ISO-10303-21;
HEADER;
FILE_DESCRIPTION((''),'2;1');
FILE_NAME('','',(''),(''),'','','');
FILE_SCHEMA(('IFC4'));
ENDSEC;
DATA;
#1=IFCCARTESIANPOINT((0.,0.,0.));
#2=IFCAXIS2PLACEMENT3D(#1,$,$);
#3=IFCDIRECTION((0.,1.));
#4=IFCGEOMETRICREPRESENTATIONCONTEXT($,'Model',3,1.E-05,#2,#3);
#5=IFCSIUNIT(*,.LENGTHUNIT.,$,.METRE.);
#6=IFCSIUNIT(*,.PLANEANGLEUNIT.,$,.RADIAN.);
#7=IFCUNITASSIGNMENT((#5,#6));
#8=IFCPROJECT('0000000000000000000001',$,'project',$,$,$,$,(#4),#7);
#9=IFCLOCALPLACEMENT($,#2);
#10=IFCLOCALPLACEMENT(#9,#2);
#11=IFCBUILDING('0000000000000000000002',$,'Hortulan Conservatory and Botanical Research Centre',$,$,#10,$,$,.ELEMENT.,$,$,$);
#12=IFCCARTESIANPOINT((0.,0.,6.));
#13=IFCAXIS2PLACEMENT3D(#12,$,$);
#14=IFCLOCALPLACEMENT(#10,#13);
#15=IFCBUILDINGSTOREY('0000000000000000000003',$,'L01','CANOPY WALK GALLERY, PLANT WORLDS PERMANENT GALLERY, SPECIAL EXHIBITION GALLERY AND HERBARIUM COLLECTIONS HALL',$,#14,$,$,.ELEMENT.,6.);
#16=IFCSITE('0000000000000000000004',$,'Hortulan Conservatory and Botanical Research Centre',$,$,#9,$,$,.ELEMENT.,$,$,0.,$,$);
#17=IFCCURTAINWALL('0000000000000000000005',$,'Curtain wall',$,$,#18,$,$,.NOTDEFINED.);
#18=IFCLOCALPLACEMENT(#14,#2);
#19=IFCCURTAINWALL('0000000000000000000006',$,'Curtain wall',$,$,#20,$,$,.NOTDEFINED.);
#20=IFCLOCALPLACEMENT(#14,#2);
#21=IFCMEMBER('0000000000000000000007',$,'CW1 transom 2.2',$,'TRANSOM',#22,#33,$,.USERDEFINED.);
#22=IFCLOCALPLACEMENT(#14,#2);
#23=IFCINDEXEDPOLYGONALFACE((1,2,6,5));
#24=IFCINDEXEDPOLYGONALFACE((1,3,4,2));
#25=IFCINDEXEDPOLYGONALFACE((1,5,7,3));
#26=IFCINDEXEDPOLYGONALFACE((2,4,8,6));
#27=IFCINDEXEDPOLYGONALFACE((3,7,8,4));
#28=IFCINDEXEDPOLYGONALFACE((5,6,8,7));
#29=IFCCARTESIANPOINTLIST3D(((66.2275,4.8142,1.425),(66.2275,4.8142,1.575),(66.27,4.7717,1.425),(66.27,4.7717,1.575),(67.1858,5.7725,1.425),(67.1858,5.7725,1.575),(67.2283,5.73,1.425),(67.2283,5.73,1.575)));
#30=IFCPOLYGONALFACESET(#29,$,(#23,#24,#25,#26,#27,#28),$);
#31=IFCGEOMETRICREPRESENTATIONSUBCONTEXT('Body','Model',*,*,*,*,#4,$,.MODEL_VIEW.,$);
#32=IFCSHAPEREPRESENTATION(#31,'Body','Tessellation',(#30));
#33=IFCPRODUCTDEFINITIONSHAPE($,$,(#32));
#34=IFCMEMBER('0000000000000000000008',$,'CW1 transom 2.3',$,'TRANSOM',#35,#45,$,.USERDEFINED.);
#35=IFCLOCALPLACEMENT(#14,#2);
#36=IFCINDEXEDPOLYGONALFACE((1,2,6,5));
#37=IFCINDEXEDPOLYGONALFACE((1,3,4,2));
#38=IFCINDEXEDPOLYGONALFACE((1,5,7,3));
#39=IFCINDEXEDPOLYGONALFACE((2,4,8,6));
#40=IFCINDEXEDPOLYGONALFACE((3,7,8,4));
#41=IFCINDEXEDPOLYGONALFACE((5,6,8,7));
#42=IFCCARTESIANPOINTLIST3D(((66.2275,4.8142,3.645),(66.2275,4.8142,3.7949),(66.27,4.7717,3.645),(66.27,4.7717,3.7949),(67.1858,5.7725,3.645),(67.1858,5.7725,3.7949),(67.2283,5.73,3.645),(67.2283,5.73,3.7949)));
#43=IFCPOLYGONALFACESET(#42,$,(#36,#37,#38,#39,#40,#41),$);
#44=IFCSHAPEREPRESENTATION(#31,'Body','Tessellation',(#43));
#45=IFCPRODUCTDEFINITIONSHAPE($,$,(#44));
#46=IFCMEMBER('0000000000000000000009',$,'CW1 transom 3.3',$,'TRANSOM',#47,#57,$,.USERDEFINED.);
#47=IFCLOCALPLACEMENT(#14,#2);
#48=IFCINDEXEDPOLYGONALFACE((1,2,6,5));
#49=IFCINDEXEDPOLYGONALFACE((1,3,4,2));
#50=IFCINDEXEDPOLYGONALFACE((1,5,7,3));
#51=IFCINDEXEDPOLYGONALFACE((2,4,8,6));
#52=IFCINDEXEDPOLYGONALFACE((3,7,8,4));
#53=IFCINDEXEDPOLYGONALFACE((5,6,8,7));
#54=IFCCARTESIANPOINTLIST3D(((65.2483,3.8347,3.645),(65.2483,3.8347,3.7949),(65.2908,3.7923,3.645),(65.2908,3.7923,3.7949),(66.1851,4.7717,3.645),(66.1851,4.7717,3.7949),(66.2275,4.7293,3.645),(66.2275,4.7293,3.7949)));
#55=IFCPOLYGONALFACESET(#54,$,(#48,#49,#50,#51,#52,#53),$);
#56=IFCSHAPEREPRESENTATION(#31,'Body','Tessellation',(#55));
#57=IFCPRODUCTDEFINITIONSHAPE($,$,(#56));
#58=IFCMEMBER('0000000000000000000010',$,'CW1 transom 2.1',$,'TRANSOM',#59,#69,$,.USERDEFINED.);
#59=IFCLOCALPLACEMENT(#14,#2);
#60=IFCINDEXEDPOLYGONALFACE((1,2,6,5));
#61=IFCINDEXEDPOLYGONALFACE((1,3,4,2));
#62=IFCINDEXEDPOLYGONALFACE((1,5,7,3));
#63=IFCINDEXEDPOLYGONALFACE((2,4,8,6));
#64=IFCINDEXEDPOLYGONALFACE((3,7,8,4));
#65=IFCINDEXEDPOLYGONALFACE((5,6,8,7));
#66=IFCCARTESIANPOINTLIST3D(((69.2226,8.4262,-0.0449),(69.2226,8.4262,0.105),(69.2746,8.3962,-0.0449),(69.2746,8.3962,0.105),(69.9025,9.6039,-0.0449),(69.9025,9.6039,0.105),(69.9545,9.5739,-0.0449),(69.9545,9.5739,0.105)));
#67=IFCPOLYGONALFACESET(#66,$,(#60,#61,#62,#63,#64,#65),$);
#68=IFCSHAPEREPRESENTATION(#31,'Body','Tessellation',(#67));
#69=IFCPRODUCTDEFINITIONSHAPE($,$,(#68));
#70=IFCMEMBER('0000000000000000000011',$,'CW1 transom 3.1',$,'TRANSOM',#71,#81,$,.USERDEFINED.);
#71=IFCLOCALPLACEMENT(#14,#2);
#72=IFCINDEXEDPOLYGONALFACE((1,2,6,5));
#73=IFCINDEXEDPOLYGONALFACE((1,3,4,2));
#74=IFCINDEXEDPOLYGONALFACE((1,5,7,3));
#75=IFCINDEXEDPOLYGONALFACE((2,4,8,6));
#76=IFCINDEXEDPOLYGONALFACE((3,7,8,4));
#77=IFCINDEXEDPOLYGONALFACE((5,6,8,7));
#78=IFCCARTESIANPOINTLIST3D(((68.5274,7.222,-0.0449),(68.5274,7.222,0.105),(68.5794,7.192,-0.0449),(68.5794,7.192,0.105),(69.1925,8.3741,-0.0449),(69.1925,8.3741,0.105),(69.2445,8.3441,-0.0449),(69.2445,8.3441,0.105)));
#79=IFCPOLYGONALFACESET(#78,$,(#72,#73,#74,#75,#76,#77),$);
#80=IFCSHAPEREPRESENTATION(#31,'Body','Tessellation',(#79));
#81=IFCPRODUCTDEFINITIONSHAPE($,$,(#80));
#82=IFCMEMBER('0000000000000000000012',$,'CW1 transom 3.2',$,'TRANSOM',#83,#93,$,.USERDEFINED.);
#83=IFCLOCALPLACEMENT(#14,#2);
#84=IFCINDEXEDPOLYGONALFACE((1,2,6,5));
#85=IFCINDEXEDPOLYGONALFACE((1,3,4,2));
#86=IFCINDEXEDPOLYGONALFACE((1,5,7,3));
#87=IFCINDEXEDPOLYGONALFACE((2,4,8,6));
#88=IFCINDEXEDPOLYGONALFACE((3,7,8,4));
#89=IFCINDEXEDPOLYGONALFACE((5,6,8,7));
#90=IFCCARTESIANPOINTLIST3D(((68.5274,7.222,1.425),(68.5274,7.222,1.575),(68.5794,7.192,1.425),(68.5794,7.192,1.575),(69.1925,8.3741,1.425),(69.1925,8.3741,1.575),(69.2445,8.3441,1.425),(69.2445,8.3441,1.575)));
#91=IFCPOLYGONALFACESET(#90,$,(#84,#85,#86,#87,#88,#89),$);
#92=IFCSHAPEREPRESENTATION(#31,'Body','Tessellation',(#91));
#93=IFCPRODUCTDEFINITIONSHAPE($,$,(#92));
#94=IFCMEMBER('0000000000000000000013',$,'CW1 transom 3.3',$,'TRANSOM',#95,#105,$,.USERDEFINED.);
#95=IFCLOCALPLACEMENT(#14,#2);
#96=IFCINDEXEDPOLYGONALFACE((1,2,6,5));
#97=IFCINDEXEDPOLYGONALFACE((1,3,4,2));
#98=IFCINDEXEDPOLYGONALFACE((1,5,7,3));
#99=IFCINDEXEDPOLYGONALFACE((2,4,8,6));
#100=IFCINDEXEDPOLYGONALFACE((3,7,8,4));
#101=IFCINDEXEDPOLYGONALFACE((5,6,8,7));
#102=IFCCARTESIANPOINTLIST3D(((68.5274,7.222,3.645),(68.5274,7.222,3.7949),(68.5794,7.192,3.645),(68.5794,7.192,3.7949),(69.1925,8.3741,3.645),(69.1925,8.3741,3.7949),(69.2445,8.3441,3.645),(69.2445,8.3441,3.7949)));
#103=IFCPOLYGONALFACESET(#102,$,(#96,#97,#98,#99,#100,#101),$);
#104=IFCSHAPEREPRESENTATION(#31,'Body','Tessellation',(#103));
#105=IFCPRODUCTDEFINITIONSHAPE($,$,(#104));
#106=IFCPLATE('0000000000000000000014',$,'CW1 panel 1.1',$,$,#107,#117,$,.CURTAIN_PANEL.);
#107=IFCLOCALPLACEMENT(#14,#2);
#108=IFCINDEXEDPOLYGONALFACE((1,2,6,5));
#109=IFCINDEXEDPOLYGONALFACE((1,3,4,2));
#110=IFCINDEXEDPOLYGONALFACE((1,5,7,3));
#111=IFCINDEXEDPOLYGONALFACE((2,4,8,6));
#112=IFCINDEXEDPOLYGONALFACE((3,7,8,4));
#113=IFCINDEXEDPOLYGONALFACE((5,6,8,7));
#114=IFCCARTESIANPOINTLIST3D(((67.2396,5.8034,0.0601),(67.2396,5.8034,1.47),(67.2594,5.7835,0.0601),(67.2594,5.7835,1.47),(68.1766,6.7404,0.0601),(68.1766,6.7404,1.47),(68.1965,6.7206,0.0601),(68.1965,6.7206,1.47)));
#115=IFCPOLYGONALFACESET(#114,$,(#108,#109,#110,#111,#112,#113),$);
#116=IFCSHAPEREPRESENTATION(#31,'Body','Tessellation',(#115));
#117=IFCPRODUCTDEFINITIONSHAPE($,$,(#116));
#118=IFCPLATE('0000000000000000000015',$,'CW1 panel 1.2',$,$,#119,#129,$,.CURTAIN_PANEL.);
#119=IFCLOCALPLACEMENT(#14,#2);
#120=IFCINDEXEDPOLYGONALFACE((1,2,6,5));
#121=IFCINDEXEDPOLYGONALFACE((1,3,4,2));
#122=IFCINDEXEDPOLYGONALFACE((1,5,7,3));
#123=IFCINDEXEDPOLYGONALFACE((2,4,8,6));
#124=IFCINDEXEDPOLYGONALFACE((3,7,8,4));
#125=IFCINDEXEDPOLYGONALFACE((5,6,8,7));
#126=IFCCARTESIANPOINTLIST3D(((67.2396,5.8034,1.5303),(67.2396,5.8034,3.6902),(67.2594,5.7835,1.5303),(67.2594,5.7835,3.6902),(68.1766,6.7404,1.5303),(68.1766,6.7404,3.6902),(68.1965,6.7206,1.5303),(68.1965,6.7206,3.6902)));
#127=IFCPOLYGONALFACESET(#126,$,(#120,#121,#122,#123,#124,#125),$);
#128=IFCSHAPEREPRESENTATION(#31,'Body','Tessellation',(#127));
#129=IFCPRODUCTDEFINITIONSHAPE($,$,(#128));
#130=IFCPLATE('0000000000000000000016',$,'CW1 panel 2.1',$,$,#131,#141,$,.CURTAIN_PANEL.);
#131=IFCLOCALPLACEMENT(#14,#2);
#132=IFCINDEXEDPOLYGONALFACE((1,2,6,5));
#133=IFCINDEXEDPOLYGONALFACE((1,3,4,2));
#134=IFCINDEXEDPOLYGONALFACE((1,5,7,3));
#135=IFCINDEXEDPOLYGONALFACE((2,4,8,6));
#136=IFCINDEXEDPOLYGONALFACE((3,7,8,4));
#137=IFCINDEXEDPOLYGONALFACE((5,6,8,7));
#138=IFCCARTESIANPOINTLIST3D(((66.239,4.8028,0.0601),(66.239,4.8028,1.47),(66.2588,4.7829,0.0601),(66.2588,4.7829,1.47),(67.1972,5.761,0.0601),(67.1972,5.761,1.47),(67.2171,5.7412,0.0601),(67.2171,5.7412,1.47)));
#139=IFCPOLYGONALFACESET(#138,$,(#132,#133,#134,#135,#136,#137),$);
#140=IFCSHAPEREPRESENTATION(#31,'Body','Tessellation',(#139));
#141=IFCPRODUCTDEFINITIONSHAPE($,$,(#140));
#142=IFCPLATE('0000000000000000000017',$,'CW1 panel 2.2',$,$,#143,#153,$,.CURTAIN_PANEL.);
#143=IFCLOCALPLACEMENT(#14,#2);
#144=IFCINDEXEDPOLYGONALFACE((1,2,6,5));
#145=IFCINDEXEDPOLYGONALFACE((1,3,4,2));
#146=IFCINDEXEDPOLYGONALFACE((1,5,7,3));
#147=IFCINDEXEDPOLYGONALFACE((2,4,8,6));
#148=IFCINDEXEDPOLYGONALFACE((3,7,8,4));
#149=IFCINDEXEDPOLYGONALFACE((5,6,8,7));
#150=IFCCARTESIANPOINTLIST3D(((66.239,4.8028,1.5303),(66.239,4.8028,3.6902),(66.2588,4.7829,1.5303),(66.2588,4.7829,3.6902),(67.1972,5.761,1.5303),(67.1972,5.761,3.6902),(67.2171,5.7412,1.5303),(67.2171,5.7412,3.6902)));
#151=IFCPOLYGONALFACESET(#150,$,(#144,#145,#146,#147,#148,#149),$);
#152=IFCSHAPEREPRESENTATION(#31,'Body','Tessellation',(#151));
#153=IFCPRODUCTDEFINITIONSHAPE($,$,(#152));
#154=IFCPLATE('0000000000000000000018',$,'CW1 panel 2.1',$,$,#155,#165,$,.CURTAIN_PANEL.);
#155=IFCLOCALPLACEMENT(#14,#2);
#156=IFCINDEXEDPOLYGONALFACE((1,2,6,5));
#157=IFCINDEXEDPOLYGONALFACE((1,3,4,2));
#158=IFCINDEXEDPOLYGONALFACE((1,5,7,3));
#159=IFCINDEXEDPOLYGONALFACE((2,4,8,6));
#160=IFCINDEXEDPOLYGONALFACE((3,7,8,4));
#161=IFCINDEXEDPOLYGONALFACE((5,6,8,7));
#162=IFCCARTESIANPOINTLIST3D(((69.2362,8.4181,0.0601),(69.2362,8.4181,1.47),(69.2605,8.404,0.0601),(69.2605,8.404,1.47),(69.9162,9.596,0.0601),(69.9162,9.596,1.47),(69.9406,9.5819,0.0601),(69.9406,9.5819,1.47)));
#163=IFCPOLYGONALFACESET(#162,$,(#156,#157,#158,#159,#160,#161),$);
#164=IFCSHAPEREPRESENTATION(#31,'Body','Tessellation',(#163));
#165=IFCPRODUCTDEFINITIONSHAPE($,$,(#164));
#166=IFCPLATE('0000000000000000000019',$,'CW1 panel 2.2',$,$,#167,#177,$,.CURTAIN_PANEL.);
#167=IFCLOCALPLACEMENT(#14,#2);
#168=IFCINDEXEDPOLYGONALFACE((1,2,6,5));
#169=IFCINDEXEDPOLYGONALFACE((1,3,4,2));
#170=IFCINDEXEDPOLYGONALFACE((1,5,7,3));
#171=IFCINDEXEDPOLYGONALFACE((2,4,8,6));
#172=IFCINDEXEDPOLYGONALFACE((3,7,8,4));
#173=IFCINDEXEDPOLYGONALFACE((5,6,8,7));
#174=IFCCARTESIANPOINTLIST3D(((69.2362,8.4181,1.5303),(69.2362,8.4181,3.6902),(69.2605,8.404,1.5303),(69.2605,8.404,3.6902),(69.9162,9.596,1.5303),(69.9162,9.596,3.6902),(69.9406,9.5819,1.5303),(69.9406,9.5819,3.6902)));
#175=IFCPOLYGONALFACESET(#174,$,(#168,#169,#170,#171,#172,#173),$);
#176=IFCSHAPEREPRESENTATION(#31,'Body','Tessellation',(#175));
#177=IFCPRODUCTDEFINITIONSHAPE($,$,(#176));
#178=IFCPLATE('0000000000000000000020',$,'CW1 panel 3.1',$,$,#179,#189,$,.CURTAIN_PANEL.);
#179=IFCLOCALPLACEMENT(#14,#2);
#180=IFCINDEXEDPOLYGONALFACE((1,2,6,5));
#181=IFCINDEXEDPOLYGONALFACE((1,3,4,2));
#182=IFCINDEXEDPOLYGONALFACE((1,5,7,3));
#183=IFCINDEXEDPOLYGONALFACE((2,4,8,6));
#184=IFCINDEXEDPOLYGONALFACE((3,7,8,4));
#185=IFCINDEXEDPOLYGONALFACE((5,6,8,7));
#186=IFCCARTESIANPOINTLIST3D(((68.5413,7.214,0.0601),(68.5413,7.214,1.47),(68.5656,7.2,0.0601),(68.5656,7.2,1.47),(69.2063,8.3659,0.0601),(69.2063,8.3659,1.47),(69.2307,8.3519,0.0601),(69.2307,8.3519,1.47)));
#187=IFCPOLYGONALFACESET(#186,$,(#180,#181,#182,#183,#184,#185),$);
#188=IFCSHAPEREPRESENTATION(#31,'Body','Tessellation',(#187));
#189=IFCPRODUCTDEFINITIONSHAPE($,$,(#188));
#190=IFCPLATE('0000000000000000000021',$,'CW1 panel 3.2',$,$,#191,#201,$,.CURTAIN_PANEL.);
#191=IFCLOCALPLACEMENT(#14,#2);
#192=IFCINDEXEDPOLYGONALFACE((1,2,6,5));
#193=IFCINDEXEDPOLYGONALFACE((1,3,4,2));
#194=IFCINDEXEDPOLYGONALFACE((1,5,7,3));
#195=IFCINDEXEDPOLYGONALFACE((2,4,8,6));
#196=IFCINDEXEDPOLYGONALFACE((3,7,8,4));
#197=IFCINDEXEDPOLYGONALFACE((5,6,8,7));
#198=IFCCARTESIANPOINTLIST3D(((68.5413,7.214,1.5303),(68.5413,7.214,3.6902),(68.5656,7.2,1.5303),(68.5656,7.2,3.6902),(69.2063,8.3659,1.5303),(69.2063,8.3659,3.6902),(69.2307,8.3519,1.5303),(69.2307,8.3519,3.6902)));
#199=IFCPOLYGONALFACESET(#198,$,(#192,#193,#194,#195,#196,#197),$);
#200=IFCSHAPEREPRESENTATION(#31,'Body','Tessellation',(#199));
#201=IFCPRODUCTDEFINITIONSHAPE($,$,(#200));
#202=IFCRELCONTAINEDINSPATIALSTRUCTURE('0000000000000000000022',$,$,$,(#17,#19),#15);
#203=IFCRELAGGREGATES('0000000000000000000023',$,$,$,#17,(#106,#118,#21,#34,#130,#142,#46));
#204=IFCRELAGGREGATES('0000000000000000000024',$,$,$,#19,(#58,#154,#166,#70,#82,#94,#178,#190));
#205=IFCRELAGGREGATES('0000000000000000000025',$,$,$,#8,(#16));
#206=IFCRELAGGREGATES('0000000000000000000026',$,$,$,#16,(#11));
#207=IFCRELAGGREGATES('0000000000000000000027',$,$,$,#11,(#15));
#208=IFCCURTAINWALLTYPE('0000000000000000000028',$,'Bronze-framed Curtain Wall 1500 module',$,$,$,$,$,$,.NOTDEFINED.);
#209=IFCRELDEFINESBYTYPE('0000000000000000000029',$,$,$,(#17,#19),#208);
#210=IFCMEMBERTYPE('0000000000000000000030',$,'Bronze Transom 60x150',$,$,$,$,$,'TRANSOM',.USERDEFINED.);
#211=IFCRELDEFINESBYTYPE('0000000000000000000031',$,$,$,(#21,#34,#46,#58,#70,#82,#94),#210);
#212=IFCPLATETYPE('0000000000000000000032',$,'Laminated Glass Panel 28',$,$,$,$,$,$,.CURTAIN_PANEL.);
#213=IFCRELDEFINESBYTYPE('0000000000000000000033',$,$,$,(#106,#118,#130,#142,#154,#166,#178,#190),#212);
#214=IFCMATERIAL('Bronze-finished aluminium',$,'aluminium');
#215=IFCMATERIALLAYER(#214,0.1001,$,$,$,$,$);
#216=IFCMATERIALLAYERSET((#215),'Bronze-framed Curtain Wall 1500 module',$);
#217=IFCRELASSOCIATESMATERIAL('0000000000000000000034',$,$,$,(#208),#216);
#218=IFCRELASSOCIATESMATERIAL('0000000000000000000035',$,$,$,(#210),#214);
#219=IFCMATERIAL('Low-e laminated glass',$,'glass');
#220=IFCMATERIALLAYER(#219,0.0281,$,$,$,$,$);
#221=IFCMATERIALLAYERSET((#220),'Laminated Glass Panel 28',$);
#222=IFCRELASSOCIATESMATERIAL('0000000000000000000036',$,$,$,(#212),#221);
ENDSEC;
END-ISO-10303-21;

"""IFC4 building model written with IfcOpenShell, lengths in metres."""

from ifc_helpers import new_model, si_unit, direction, frame, origin, origin_2d, place, context, subcontext, project, spatial, rectangle, extrude, material, layer, layer_set, material_profile, profile_set, type_object, element, aggregate, save


model = new_model("IFC4")

# Units and contexts
model_context = context("Model", 3, precision=1e-05, world=origin(), true_north=direction((0.0, 1.0)))
body_context = subcontext(model_context, "Body", "Model", "MODEL_VIEW")
ifc_project = project(units=[si_unit("LENGTHUNIT", "METRE"), si_unit("PLANEANGLEUNIT", "RADIAN")], contexts=[model_context])

# Site, building, storey
site_placement = place(None, origin())
site = spatial("IfcSite", under=ifc_project, at=site_placement, Name="Hortulan Conservatory and Botanical Research Centre", CompositionType="ELEMENT", RefElevation=0.0)
building_placement = place(site_placement, origin())
building = spatial("IfcBuilding", under=site, at=building_placement, Name="Hortulan Conservatory and Botanical Research Centre", CompositionType="ELEMENT")
storey_placement = place(building_placement, frame((0.0, 0.0, 6.0)))
storey = spatial("IfcBuildingStorey", under=building, at=storey_placement, Name="L01", Description="CANOPY WALK GALLERY, PLANT WORLDS PERMANENT GALLERY, SPECIAL EXHIBITION GALLERY AND HERBARIUM COLLECTIONS HALL", CompositionType="ELEMENT", Elevation=6.0)

# Curtain walls
ifc_material_1 = material(Name="Bronze-finished aluminium", Category="aluminium")
ifc_layer_1 = layer(ifc_material_1, 0.1001)
ifc_layer_set_1 = layer_set([ifc_layer_1], Name="Bronze-framed Curtain Wall 1500 module")
curtain_wall_type = type_object("IfcCurtainWallType", Name="Bronze-framed Curtain Wall 1500 module", PredefinedType="NOTDEFINED", material=ifc_layer_set_1)
curtain_wall_1_placement = place(storey_placement, origin())
curtain_wall_1 = element("IfcCurtainWall", 1, at=curtain_wall_1_placement, inside=storey, type_object=curtain_wall_type, Name="Curtain wall", PredefinedType="NOTDEFINED")
curtain_wall_2_placement = place(storey_placement, origin())
curtain_wall_2 = element("IfcCurtainWall", 2, at=curtain_wall_2_placement, inside=storey, type_object=curtain_wall_type, Name="Curtain wall", PredefinedType="NOTDEFINED")

# Members
ifc_material_profile_1 = material_profile(ifc_material_1, rectangle(XDim=0.0601, YDim=0.1499, at=origin_2d()), Name="Bronze Transom 60x150")
ifc_profile_set_1 = profile_set([ifc_material_profile_1], Name="Bronze-finished aluminium")
member_type_1 = type_object("IfcMemberType", Name="Bronze Transom 60x150", ElementType="TRANSOM", PredefinedType="USERDEFINED", material=ifc_profile_set_1)
member_1_placement = place(storey_placement, frame((67.207, 5.7512, 1.5), z_axis=(-0.707107, -0.707107, 0.0), x_axis=(0.707107, -0.707107, 0.0)))
member_1 = element("IfcMember", 3, at=member_1_placement, type_object=member_type_1, Name="CW1 transom 2.2", ObjectType="TRANSOM", PredefinedType="USERDEFINED", context=body_context, shape_type="SweptSolid", body=[
    extrude(rectangle(XDim=0.0601, YDim=0.1499, at=origin_2d()), origin(), (0.0, 0.0, 1.0), 1.3552),
])
member_2_placement = place(storey_placement, frame((67.207, 5.7512, 3.72), z_axis=(-0.707107, -0.707107, 0.0), x_axis=(0.707107, -0.707107, 0.0)))
member_2 = element("IfcMember", 4, at=member_2_placement, type_object=member_type_1, Name="CW1 transom 2.3", ObjectType="TRANSOM", PredefinedType="USERDEFINED", context=body_context, shape_type="SweptSolid", body=[
    extrude(rectangle(XDim=0.0601, YDim=0.1499, at=origin_2d()), origin(), (0.0, 0.0, 1.0), 1.3552),
])
member_3_placement = place(storey_placement, frame((66.2063, 4.7505, 3.72), z_axis=(-0.707015, -0.707199, 0.0), x_axis=(0.707199, -0.707015, 0.0)))
member_3 = element("IfcMember", 5, at=member_3_placement, type_object=member_type_1, Name="CW1 transom 3.3", ObjectType="TRANSOM", PredefinedType="USERDEFINED", context=body_context, shape_type="SweptSolid", body=[
    extrude(rectangle(XDim=0.0601, YDim=0.1499, at=origin_2d()), origin(), (0.0, 0.0, 1.0), 1.325),
])
member_4_placement = place(storey_placement, frame((69.9285, 9.5889, 0.03), z_axis=(-0.499981, -0.866036, 0.0), x_axis=(0.866036, -0.499981, 0.0)))
member_4 = element("IfcMember", 6, at=member_4_placement, type_object=member_type_1, Name="CW1 transom 2.1", ObjectType="TRANSOM", PredefinedType="USERDEFINED", context=body_context, shape_type="SweptSolid", body=[
    extrude(rectangle(XDim=0.0601, YDim=0.1499, at=origin_2d()), origin(), (0.0, 0.0, 1.0), 1.3599),
])
member_5_placement = place(storey_placement, frame((69.2185, 8.3591, 0.03), z_axis=(-0.499929, -0.866066, 0.0), x_axis=(0.866066, -0.499929, 0.0)))
member_5 = element("IfcMember", 7, at=member_5_placement, type_object=member_type_1, Name="CW1 transom 3.1", ObjectType="TRANSOM", PredefinedType="USERDEFINED", context=body_context, shape_type="SweptSolid", body=[
    extrude(rectangle(XDim=0.0601, YDim=0.1499, at=origin_2d()), origin(), (0.0, 0.0, 1.0), 1.3303),
])
member_6_placement = place(storey_placement, frame((69.2185, 8.3591, 1.5), z_axis=(-0.499929, -0.866066, 0.0), x_axis=(0.866066, -0.499929, 0.0)))
member_6 = element("IfcMember", 8, at=member_6_placement, type_object=member_type_1, Name="CW1 transom 3.2", ObjectType="TRANSOM", PredefinedType="USERDEFINED", context=body_context, shape_type="SweptSolid", body=[
    extrude(rectangle(XDim=0.0601, YDim=0.1499, at=origin_2d()), origin(), (0.0, 0.0, 1.0), 1.3303),
])
member_7_placement = place(storey_placement, frame((69.2185, 8.3591, 3.72), z_axis=(-0.499929, -0.866066, 0.0), x_axis=(0.866066, -0.499929, 0.0)))
member_7 = element("IfcMember", 9, at=member_7_placement, type_object=member_type_1, Name="CW1 transom 3.3", ObjectType="TRANSOM", PredefinedType="USERDEFINED", context=body_context, shape_type="SweptSolid", body=[
    extrude(rectangle(XDim=0.0601, YDim=0.1499, at=origin_2d()), origin(), (0.0, 0.0, 1.0), 1.3303),
])

# Plates
ifc_material_2 = material(Name="Low-e laminated glass", Category="glass")
ifc_layer_2 = layer(ifc_material_2, 0.0281)
ifc_layer_set_2 = layer_set([ifc_layer_2], Name="Laminated Glass Panel 28")
plate_type = type_object("IfcPlateType", Name="Laminated Glass Panel 28", PredefinedType="CURTAIN_PANEL", material=ifc_layer_set_2)
plate_1_placement = place(storey_placement, frame((67.718, 6.262, 0.0601), z_axis=(0.0, 0.0, 1.0), x_axis=(-0.707107, -0.707107, 0.0)))
plate_1 = element("IfcPlate", 10, at=plate_1_placement, type_object=plate_type, Name="CW1 panel 1.1", PredefinedType="CURTAIN_PANEL", context=body_context, shape_type="SweptSolid", body=[
    extrude(rectangle(XDim=1.3252, YDim=0.0281, at=origin_2d()), origin(), (0.0, 0.0, 1.0), 1.4099),
])
plate_2_placement = place(storey_placement, frame((67.718, 6.262, 1.5303), z_axis=(0.0, 0.0, 1.0), x_axis=(-0.707107, -0.707107, 0.0)))
plate_2 = element("IfcPlate", 11, at=plate_2_placement, type_object=plate_type, Name="CW1 panel 1.2", PredefinedType="CURTAIN_PANEL", context=body_context, shape_type="SweptSolid", body=[
    extrude(rectangle(XDim=1.3252, YDim=0.0281, at=origin_2d()), origin(), (0.0, 0.0, 1.0), 2.1599),
])
plate_3_placement = place(storey_placement, frame((66.728, 5.272, 0.0601), z_axis=(0.0, 0.0, 1.0), x_axis=(-0.707107, -0.707107, 0.0)))
plate_3 = element("IfcPlate", 12, at=plate_3_placement, type_object=plate_type, Name="CW1 panel 2.1", PredefinedType="CURTAIN_PANEL", context=body_context, shape_type="SweptSolid", body=[
    extrude(rectangle(XDim=1.3552, YDim=0.0281, at=origin_2d()), origin(), (0.0, 0.0, 1.0), 1.4099),
])
plate_4_placement = place(storey_placement, frame((66.728, 5.272, 1.5303), z_axis=(0.0, 0.0, 1.0), x_axis=(-0.707107, -0.707107, 0.0)))
plate_4 = element("IfcPlate", 13, at=plate_4_placement, type_object=plate_type, Name="CW1 panel 2.2", PredefinedType="CURTAIN_PANEL", context=body_context, shape_type="SweptSolid", body=[
    extrude(rectangle(XDim=1.3552, YDim=0.0281, at=origin_2d()), origin(), (0.0, 0.0, 1.0), 2.1599),
])
aggregate(curtain_wall_1, [plate_1, plate_2, member_1, member_2, plate_3, plate_4, member_3])
plate_5_placement = place(storey_placement, frame((69.5884, 9.0, 0.0601), z_axis=(0.0, 0.0, 1.0), x_axis=(-0.499981, -0.866036, 0.0)))
plate_5 = element("IfcPlate", 14, at=plate_5_placement, type_object=plate_type, Name="CW1 panel 2.1", PredefinedType="CURTAIN_PANEL", context=body_context, shape_type="SweptSolid", body=[
    extrude(rectangle(XDim=1.3601, YDim=0.0281, at=origin_2d()), origin(), (0.0, 0.0, 1.0), 1.4099),
])
plate_6_placement = place(storey_placement, frame((69.5884, 9.0, 1.5303), z_axis=(0.0, 0.0, 1.0), x_axis=(-0.499981, -0.866036, 0.0)))
plate_6 = element("IfcPlate", 15, at=plate_6_placement, type_object=plate_type, Name="CW1 panel 2.2", PredefinedType="CURTAIN_PANEL", context=body_context, shape_type="SweptSolid", body=[
    extrude(rectangle(XDim=1.3601, YDim=0.0281, at=origin_2d()), origin(), (0.0, 0.0, 1.0), 2.1599),
])
plate_7_placement = place(storey_placement, frame((68.886, 7.783, 0.0601), z_axis=(0.0, 0.0, 1.0), x_axis=(-0.499981, -0.866036, 0.0)))
plate_7 = element("IfcPlate", 16, at=plate_7_placement, type_object=plate_type, Name="CW1 panel 3.1", PredefinedType="CURTAIN_PANEL", context=body_context, shape_type="SweptSolid", body=[
    extrude(rectangle(XDim=1.3301, YDim=0.0281, at=origin_2d()), origin(), (0.0, 0.0, 1.0), 1.4099),
])
plate_8_placement = place(storey_placement, frame((68.886, 7.783, 1.5303), z_axis=(0.0, 0.0, 1.0), x_axis=(-0.499981, -0.866036, 0.0)))
plate_8 = element("IfcPlate", 17, at=plate_8_placement, type_object=plate_type, Name="CW1 panel 3.2", PredefinedType="CURTAIN_PANEL", context=body_context, shape_type="SweptSolid", body=[
    extrude(rectangle(XDim=1.3301, YDim=0.0281, at=origin_2d()), origin(), (0.0, 0.0, 1.0), 2.1599),
])
aggregate(curtain_wall_2, [member_4, plate_5, plate_6, member_5, member_6, member_7, plate_7, plate_8])

save(model, "model.ifc")
